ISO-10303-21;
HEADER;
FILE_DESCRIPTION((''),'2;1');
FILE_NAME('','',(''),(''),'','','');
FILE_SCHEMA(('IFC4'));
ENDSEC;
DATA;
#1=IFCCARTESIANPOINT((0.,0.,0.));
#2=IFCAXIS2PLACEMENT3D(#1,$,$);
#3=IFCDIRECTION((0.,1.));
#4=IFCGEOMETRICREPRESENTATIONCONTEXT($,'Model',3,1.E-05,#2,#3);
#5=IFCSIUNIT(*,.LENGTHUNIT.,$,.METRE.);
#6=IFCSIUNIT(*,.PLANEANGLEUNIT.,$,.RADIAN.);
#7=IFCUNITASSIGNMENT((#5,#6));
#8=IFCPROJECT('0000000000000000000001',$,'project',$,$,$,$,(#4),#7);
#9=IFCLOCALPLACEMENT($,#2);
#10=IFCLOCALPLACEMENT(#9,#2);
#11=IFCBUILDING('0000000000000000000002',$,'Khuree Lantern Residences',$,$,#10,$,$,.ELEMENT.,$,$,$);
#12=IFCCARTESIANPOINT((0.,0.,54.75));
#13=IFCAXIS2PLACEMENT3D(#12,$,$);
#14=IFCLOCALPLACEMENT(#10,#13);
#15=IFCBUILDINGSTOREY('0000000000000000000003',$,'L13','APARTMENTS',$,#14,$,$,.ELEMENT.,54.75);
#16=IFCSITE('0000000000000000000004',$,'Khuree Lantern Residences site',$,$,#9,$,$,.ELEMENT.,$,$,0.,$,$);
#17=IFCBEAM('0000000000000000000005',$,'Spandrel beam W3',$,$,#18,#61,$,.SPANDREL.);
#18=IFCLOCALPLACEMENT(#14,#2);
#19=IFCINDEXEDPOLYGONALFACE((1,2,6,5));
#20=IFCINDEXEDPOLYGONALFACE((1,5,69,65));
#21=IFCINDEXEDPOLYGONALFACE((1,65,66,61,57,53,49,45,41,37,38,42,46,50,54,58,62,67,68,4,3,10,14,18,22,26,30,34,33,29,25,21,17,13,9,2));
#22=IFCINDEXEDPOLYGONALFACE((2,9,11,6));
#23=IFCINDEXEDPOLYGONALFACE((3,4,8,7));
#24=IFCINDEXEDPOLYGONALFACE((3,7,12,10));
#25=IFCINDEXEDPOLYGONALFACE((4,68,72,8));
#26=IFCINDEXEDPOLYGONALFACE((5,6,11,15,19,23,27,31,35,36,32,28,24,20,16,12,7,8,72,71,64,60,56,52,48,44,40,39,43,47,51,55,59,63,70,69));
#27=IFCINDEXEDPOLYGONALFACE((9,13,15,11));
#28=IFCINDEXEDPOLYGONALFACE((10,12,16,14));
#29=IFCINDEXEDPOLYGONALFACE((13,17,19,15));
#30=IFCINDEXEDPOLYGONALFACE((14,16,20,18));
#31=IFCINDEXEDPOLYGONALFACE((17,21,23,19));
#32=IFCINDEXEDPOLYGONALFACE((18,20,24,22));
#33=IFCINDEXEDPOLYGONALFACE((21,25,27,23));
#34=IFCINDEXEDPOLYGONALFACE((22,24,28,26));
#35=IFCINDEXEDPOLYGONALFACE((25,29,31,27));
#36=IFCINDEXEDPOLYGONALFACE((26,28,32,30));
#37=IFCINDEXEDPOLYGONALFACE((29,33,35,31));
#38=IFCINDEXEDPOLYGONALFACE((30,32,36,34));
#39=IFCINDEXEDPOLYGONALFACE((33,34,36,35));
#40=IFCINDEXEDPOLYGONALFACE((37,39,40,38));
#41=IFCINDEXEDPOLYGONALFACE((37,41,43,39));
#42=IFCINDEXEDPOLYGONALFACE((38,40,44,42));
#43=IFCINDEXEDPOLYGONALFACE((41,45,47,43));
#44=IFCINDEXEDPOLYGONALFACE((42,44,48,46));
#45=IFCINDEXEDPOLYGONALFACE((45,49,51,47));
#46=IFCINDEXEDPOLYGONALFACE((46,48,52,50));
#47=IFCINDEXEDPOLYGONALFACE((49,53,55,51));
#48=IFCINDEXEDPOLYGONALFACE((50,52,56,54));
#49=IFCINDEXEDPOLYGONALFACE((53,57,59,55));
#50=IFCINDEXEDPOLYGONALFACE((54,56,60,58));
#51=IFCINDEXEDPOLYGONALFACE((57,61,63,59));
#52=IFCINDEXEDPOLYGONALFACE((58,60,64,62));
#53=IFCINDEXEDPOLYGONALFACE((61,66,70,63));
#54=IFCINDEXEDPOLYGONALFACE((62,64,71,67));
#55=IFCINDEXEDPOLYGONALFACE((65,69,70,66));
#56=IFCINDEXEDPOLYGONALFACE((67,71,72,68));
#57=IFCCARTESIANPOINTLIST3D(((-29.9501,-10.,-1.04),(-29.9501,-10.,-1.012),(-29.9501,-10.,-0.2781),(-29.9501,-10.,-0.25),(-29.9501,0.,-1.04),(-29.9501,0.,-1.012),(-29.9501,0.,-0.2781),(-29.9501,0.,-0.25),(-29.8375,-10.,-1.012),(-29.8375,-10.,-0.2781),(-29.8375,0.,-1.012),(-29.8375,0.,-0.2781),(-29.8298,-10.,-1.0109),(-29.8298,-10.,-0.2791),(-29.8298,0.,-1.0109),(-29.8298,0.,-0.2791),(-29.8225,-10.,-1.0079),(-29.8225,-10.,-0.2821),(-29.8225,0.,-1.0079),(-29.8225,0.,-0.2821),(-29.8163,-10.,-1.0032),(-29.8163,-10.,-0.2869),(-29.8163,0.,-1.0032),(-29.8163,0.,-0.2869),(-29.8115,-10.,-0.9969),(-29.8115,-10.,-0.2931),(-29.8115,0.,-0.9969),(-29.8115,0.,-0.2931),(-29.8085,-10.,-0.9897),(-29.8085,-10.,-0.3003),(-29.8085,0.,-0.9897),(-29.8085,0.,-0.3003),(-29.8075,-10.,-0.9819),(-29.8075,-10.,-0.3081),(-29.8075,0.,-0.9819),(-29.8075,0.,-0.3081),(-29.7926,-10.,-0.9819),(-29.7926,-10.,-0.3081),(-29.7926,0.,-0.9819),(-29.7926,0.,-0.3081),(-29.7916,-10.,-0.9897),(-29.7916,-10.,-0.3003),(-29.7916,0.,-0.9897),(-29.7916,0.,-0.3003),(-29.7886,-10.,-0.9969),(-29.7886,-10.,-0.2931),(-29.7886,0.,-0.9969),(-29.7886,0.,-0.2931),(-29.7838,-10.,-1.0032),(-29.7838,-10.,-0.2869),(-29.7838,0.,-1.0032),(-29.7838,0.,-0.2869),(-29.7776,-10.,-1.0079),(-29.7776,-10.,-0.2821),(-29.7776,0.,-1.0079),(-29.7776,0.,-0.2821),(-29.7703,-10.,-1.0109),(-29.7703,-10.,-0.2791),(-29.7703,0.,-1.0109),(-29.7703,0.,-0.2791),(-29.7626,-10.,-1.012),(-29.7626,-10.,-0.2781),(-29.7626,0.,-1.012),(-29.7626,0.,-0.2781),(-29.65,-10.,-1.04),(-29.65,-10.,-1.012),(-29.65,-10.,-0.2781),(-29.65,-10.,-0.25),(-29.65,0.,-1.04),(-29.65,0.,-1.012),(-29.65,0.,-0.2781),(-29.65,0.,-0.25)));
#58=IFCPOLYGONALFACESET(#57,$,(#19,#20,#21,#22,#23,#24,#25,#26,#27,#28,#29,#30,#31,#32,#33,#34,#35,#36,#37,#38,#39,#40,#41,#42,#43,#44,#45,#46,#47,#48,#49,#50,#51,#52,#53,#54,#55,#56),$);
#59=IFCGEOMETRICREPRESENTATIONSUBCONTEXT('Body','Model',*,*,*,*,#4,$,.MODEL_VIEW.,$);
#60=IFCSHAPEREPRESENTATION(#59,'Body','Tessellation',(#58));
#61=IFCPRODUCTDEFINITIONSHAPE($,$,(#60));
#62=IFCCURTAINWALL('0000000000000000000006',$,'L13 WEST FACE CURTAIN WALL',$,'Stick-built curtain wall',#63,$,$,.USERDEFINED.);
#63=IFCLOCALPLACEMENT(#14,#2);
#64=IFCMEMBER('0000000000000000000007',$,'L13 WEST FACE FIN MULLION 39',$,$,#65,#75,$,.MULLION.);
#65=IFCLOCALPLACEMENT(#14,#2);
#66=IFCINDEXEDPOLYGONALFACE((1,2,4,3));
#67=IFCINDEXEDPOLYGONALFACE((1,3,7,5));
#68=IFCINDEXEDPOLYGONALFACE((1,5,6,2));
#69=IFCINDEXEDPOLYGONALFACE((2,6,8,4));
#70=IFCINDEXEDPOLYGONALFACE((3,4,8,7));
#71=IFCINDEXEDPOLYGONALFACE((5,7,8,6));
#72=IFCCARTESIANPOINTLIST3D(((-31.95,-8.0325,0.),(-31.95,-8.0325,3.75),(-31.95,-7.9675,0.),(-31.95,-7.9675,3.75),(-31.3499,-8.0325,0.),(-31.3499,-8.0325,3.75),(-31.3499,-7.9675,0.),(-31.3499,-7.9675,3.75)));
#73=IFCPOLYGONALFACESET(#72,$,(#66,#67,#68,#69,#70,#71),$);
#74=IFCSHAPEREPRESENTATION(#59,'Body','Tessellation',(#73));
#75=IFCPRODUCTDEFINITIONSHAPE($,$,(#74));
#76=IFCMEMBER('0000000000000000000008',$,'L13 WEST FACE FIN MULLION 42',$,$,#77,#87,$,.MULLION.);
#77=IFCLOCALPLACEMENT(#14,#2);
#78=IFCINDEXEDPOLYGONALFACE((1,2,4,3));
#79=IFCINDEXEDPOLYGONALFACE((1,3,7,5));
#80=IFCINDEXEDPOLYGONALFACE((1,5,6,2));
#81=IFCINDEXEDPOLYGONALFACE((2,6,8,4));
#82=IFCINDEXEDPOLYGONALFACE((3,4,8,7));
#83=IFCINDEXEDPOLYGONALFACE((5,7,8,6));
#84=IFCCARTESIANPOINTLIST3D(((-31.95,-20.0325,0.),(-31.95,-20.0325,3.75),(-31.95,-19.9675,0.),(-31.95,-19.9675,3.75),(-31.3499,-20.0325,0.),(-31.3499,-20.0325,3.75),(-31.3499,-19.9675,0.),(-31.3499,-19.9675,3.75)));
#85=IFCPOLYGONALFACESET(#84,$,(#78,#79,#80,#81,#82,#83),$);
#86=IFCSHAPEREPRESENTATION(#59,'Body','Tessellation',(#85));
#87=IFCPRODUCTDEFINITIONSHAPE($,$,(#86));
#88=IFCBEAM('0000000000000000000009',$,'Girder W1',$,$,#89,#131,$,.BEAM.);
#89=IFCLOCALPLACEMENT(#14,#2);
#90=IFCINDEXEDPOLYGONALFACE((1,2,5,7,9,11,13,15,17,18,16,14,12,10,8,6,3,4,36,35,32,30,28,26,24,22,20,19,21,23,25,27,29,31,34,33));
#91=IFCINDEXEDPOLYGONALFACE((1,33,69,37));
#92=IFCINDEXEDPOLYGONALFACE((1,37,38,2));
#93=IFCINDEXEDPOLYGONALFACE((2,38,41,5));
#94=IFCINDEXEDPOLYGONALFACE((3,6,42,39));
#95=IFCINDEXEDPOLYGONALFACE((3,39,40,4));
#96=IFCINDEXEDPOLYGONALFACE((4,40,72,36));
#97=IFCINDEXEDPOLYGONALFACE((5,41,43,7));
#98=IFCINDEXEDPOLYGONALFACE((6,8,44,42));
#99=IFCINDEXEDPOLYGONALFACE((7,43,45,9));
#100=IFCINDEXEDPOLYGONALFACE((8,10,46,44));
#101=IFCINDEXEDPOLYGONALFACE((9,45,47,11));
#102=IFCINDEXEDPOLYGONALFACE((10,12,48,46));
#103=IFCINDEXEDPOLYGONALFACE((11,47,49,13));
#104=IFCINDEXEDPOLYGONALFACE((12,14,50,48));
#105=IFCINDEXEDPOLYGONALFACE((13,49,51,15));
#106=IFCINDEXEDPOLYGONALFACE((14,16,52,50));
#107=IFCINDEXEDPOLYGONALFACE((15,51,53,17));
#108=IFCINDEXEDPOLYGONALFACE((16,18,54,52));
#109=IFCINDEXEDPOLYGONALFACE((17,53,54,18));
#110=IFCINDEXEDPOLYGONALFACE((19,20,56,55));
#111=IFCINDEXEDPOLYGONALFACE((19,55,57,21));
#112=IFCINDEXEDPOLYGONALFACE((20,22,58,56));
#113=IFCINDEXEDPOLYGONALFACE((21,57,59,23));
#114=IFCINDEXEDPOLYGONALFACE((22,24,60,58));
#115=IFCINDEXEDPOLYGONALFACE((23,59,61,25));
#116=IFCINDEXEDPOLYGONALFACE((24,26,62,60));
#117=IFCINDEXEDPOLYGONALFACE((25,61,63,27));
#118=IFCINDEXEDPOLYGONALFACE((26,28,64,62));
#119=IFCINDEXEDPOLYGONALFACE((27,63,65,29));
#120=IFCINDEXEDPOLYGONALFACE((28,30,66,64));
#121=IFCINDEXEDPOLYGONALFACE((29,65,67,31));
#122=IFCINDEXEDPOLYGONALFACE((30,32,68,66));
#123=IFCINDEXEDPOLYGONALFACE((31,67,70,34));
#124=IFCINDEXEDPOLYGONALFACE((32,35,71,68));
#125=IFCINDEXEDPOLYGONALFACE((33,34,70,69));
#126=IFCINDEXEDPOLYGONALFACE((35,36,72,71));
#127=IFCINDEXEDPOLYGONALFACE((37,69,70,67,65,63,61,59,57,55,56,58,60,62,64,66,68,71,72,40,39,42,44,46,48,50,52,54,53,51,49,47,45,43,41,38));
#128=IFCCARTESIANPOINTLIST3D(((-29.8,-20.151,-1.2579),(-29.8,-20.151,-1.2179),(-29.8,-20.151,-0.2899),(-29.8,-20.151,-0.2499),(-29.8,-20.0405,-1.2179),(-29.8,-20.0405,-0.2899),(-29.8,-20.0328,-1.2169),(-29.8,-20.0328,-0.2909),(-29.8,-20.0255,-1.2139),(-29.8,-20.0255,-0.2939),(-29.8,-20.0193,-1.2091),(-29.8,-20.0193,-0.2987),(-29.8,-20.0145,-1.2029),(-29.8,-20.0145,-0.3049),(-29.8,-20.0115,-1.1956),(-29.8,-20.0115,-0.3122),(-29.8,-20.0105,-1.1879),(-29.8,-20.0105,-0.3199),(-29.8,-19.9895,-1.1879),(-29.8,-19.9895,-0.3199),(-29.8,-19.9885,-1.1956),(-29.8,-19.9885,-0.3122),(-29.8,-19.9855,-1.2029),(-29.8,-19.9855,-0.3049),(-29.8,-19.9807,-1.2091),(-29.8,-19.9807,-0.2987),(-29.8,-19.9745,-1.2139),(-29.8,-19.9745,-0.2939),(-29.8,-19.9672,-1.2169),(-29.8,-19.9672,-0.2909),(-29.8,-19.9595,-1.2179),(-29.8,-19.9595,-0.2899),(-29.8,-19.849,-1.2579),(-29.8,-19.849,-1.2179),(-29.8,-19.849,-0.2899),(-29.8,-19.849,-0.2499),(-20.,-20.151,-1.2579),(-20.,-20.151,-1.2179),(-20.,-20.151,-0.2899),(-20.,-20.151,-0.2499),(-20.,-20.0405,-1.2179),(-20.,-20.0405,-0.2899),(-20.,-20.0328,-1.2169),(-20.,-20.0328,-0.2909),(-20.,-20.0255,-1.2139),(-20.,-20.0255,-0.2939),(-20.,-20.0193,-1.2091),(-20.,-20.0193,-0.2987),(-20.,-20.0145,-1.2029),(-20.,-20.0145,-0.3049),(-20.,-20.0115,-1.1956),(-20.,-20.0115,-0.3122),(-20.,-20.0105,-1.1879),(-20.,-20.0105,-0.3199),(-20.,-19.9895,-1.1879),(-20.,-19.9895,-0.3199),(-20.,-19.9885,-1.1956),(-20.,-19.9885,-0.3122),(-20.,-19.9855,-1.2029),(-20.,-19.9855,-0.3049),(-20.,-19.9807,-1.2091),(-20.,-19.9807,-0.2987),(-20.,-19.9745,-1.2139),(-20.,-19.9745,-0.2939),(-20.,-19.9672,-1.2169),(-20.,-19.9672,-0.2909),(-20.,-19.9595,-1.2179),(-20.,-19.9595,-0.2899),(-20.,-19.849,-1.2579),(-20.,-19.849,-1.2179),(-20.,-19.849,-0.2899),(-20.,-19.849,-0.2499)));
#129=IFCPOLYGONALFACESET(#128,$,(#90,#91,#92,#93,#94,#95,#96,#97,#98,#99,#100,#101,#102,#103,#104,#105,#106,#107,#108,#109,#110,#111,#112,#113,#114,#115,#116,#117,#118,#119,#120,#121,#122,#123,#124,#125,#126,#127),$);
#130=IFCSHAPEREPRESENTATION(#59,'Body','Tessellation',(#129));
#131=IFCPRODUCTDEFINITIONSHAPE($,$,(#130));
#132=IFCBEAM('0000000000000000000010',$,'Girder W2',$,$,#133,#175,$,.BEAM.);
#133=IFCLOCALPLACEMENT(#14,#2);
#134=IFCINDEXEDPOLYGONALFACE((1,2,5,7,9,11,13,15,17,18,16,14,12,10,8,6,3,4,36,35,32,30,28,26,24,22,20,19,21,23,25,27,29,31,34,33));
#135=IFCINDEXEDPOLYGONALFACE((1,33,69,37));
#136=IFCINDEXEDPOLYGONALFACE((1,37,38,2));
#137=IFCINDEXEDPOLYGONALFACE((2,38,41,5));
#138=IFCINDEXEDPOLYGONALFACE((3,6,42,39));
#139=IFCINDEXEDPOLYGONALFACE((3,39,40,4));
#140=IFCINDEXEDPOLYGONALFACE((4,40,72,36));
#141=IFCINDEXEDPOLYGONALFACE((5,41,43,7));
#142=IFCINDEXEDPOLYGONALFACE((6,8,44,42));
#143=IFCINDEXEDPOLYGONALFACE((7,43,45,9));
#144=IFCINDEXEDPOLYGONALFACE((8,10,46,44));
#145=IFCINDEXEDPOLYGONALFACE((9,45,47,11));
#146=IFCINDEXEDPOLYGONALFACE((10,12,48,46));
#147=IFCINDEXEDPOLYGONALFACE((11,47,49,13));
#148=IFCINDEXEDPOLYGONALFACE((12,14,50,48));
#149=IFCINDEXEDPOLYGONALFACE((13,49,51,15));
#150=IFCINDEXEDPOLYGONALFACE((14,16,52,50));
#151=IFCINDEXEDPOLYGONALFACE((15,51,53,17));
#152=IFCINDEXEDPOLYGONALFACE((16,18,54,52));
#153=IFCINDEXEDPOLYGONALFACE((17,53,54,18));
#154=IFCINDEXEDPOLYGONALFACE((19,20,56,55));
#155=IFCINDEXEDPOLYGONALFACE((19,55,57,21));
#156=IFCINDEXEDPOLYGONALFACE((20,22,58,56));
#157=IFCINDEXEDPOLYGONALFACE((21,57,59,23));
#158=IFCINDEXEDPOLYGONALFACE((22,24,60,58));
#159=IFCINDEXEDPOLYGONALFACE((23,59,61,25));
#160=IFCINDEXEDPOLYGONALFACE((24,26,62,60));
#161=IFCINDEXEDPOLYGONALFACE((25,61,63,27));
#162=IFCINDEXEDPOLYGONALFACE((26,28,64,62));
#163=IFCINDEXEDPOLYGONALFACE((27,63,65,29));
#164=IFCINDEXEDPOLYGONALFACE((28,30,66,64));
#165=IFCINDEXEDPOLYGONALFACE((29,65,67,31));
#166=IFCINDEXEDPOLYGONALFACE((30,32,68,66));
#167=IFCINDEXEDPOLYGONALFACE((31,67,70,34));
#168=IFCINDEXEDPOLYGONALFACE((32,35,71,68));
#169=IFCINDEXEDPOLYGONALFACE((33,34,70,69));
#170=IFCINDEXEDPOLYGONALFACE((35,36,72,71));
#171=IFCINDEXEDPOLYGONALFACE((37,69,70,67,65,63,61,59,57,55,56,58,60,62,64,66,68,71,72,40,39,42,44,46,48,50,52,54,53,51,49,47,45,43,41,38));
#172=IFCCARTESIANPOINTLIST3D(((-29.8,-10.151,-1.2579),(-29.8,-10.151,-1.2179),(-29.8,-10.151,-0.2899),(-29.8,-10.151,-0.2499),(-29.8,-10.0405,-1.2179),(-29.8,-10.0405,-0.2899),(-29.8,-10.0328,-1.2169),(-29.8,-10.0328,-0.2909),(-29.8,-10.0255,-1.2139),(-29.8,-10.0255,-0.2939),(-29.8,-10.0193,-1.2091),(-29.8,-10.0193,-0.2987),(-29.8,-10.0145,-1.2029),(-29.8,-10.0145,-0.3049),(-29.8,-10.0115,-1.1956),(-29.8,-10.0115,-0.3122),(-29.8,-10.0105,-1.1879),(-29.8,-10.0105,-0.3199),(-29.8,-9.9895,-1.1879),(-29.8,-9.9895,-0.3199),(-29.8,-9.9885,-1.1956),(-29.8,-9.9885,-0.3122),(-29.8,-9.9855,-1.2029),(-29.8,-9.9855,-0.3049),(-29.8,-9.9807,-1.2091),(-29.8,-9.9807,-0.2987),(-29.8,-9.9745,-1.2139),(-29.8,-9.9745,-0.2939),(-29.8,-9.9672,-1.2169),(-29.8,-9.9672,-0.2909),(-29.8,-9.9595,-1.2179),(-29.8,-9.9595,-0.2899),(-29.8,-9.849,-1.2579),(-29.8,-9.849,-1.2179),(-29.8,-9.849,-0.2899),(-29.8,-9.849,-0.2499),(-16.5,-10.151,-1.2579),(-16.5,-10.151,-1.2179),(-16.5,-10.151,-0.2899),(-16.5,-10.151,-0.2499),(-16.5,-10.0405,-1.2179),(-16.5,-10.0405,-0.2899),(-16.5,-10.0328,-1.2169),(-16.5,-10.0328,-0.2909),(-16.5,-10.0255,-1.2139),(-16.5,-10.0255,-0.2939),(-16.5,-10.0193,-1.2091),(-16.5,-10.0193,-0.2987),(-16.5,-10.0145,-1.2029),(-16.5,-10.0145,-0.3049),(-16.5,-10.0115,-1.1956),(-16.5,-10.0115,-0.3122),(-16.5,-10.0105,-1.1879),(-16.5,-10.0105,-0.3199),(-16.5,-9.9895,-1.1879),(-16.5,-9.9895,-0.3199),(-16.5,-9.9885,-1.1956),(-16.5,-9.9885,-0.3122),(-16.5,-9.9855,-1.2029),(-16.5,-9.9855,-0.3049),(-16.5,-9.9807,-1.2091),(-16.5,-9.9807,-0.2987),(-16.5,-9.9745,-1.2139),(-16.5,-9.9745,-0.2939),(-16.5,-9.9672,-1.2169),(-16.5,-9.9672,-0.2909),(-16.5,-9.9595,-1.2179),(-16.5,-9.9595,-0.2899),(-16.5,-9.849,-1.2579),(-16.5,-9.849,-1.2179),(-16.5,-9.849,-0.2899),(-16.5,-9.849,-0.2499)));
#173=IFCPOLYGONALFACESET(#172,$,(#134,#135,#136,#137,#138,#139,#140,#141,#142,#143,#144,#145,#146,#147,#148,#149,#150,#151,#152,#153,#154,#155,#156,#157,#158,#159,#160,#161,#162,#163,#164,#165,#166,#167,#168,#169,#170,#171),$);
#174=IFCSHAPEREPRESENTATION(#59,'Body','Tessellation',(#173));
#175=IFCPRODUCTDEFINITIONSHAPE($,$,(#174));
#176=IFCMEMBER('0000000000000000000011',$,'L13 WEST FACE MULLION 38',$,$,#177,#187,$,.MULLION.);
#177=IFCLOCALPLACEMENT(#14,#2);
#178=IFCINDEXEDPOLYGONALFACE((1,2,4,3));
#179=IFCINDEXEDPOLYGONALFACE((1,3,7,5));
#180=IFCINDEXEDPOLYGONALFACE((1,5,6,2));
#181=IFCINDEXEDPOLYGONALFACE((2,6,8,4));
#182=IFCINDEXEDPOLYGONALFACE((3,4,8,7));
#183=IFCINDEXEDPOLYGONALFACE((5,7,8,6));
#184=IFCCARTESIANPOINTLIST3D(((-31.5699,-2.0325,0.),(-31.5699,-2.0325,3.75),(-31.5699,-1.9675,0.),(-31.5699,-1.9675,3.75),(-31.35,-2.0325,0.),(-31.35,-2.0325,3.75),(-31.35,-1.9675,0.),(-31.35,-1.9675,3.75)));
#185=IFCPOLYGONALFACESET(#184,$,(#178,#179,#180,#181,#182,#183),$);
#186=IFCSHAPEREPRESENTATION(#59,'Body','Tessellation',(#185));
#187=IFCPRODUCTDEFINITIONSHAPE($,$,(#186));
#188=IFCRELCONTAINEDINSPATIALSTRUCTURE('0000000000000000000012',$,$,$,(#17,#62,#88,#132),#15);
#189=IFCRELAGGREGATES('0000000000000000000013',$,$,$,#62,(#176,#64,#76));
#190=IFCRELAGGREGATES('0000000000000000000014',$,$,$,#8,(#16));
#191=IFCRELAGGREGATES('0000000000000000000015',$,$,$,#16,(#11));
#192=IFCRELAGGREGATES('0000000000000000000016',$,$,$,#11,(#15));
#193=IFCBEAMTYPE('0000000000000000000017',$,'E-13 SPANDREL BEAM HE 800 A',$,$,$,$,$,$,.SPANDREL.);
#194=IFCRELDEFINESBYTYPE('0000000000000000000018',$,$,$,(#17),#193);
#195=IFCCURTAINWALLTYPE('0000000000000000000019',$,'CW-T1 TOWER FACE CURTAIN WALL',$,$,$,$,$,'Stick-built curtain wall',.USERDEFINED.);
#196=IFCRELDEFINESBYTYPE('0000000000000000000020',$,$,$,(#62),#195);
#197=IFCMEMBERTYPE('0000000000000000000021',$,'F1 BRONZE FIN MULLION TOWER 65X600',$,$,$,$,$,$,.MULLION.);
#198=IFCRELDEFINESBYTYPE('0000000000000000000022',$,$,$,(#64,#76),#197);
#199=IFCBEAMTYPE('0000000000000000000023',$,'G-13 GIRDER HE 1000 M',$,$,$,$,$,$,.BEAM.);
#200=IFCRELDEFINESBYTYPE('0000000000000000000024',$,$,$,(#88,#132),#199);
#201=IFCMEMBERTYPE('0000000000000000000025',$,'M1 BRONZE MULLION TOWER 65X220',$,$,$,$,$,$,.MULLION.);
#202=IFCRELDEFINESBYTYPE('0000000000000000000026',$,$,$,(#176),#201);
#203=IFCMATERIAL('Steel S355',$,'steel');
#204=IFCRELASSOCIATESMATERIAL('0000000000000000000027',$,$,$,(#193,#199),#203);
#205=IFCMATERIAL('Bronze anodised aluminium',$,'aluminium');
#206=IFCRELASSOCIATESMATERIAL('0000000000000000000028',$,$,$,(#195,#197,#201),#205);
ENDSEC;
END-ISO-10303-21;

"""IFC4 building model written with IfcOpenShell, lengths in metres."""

from ifc_helpers import new_model, si_unit, direction, frame, origin, origin_2d, place, context, subcontext, project, spatial, rectangle, i_section, extrude, material, material_profile, profile_set, type_object, element, aggregate, save


model = new_model("IFC4")

# Units and contexts
model_context = context("Model", 3, precision=1e-05, world=origin(), true_north=direction((0.0, 1.0)))
body_context = subcontext(model_context, "Body", "Model", "MODEL_VIEW")
ifc_project = project(units=[si_unit("LENGTHUNIT", "METRE"), si_unit("PLANEANGLEUNIT", "RADIAN")], contexts=[model_context])

# Site, building, storey
site_placement = place(None, origin())
site = spatial("IfcSite", under=ifc_project, at=site_placement, Name="Khuree Lantern Residences site", CompositionType="ELEMENT", RefElevation=0.0)
building_placement = place(site_placement, origin())
building = spatial("IfcBuilding", under=site, at=building_placement, Name="Khuree Lantern Residences", CompositionType="ELEMENT")
storey_placement = place(building_placement, frame((0.0, 0.0, 54.75)))
storey = spatial("IfcBuildingStorey", under=building, at=storey_placement, Name="L13", Description="APARTMENTS", CompositionType="ELEMENT", Elevation=54.75)

# Beam
ifc_material_1 = material(Name="Steel S355", Category="steel")
ifc_material_profile_1 = material_profile(ifc_material_1, i_section(OverallWidth=0.3, OverallDepth=0.79, WebThickness=0.0149, FlangeThickness=0.0281, FilletRadius=0.03, at=origin_2d()), Name="HE 800 A")
ifc_profile_set_1 = profile_set([ifc_material_profile_1], Name="Steel S355")
beam_type_1 = type_object("IfcBeamType", Name="E-13 SPANDREL BEAM HE 800 A", PredefinedType="SPANDREL", material=ifc_profile_set_1)
for number, where, z_axis, x_axis, name in (
    (1, (-29.8, -10.0, -0.645), (0.0, 1.0, 0.0), (-1.0, 0.0, 0.0), "Spandrel beam W3"),
):
    element("IfcBeam", number, at=place(storey_placement, frame(where, z_axis=z_axis, x_axis=x_axis)), inside=storey, type_object=beam_type_1, Name=name, PredefinedType="SPANDREL", context=body_context, shape_type="SweptSolid", body=[
        extrude(i_section(OverallWidth=0.3, OverallDepth=0.79, WebThickness=0.0149, FlangeThickness=0.0281, FilletRadius=0.03, at=origin_2d()), origin(), (0.0, 0.0, 1.0), 10.0),
    ])

# Curtain wall, members
ifc_material_2 = material(Name="Bronze anodised aluminium", Category="aluminium")
curtain_wall_type = type_object("IfcCurtainWallType", Name="CW-T1 TOWER FACE CURTAIN WALL", ElementType="Stick-built curtain wall", PredefinedType="USERDEFINED", material=ifc_material_2)
curtain_wall_placement = place(storey_placement, origin())
curtain_wall = element("IfcCurtainWall", 2, at=curtain_wall_placement, inside=storey, type_object=curtain_wall_type, Name="L13 WEST FACE CURTAIN WALL", ObjectType="Stick-built curtain wall", PredefinedType="USERDEFINED")
ifc_material_profile_2 = material_profile(ifc_material_2, rectangle(XDim=0.0649, YDim=0.6001, at=origin_2d()), Name="F1 65X600")
ifc_profile_set_2 = profile_set([ifc_material_profile_2], Name="Bronze anodised aluminium")
member_type_1 = type_object("IfcMemberType", Name="F1 BRONZE FIN MULLION TOWER 65X600", PredefinedType="MULLION", material=ifc_profile_set_2)
member_1_placement = place(storey_placement, frame((-31.6499, -8.0, 0.0), z_axis=(0.0, 0.0, 1.0), x_axis=(0.0, -1.0, 0.0)))
member_1 = element("IfcMember", 3, at=member_1_placement, type_object=member_type_1, Name="L13 WEST FACE FIN MULLION 39", PredefinedType="MULLION", context=body_context, shape_type="SweptSolid", body=[
    extrude(rectangle(XDim=0.0649, YDim=0.6001, at=origin_2d()), origin(), (0.0, 0.0, 1.0), 3.75),
])
member_2_placement = place(storey_placement, frame((-31.6499, -20.0, 0.0), z_axis=(0.0, 0.0, 1.0), x_axis=(0.0, -1.0, 0.0)))
member_2 = element("IfcMember", 4, at=member_2_placement, type_object=member_type_1, Name="L13 WEST FACE FIN MULLION 42", PredefinedType="MULLION", context=body_context, shape_type="SweptSolid", body=[
    extrude(rectangle(XDim=0.0649, YDim=0.6001, at=origin_2d()), origin(), (0.0, 0.0, 1.0), 3.75),
])

# Beams
ifc_material_profile_3 = material_profile(ifc_material_1, i_section(OverallWidth=0.302, OverallDepth=1.0081, WebThickness=0.021, FlangeThickness=0.04, FilletRadius=0.03, at=origin_2d()), Name="HE 1000 M")
ifc_profile_set_3 = profile_set([ifc_material_profile_3], Name="Steel S355")
beam_type_2 = type_object("IfcBeamType", Name="G-13 GIRDER HE 1000 M", PredefinedType="BEAM", material=ifc_profile_set_3)
beam_1_placement = place(storey_placement, frame((-29.8, -20.0, -0.7539), z_axis=(1.0, 0.0, 0.0), x_axis=(0.0, 1.0, 0.0)))
element("IfcBeam", 5, at=beam_1_placement, inside=storey, type_object=beam_type_2, Name="Girder W1", PredefinedType="BEAM", context=body_context, shape_type="SweptSolid", body=[
    extrude(i_section(OverallWidth=0.302, OverallDepth=1.0081, WebThickness=0.021, FlangeThickness=0.04, FilletRadius=0.03, at=origin_2d()), origin(), (0.0, 0.0, 1.0), 9.8),
])
beam_2_placement = place(storey_placement, frame((-29.8, -10.0, -0.7539), z_axis=(1.0, 0.0, 0.0), x_axis=(0.0, 1.0, 0.0)))
element("IfcBeam", 6, at=beam_2_placement, inside=storey, type_object=beam_type_2, Name="Girder W2", PredefinedType="BEAM", context=body_context, shape_type="SweptSolid", body=[
    extrude(i_section(OverallWidth=0.302, OverallDepth=1.0081, WebThickness=0.021, FlangeThickness=0.04, FilletRadius=0.03, at=origin_2d()), origin(), (0.0, 0.0, 1.0), 13.3),
])

# Member
ifc_material_profile_4 = material_profile(ifc_material_2, rectangle(XDim=0.0649, YDim=0.22, at=origin_2d()), Name="M1 65X220")
ifc_profile_set_4 = profile_set([ifc_material_profile_4], Name="Bronze anodised aluminium")
member_type_2 = type_object("IfcMemberType", Name="M1 BRONZE MULLION TOWER 65X220", PredefinedType="MULLION", material=ifc_profile_set_4)
member_3_placement = place(storey_placement, frame((-31.46, -2.0, 0.0), z_axis=(0.0, 0.0, 1.0), x_axis=(0.0, -1.0, 0.0)))
member_3 = element("IfcMember", 7, at=member_3_placement, type_object=member_type_2, Name="L13 WEST FACE MULLION 38", PredefinedType="MULLION", context=body_context, shape_type="SweptSolid", body=[
    extrude(rectangle(XDim=0.0649, YDim=0.22, at=origin_2d()), origin(), (0.0, 0.0, 1.0), 3.75),
])

aggregate(curtain_wall, [member_3, member_1, member_2])

save(model, "model.ifc")
